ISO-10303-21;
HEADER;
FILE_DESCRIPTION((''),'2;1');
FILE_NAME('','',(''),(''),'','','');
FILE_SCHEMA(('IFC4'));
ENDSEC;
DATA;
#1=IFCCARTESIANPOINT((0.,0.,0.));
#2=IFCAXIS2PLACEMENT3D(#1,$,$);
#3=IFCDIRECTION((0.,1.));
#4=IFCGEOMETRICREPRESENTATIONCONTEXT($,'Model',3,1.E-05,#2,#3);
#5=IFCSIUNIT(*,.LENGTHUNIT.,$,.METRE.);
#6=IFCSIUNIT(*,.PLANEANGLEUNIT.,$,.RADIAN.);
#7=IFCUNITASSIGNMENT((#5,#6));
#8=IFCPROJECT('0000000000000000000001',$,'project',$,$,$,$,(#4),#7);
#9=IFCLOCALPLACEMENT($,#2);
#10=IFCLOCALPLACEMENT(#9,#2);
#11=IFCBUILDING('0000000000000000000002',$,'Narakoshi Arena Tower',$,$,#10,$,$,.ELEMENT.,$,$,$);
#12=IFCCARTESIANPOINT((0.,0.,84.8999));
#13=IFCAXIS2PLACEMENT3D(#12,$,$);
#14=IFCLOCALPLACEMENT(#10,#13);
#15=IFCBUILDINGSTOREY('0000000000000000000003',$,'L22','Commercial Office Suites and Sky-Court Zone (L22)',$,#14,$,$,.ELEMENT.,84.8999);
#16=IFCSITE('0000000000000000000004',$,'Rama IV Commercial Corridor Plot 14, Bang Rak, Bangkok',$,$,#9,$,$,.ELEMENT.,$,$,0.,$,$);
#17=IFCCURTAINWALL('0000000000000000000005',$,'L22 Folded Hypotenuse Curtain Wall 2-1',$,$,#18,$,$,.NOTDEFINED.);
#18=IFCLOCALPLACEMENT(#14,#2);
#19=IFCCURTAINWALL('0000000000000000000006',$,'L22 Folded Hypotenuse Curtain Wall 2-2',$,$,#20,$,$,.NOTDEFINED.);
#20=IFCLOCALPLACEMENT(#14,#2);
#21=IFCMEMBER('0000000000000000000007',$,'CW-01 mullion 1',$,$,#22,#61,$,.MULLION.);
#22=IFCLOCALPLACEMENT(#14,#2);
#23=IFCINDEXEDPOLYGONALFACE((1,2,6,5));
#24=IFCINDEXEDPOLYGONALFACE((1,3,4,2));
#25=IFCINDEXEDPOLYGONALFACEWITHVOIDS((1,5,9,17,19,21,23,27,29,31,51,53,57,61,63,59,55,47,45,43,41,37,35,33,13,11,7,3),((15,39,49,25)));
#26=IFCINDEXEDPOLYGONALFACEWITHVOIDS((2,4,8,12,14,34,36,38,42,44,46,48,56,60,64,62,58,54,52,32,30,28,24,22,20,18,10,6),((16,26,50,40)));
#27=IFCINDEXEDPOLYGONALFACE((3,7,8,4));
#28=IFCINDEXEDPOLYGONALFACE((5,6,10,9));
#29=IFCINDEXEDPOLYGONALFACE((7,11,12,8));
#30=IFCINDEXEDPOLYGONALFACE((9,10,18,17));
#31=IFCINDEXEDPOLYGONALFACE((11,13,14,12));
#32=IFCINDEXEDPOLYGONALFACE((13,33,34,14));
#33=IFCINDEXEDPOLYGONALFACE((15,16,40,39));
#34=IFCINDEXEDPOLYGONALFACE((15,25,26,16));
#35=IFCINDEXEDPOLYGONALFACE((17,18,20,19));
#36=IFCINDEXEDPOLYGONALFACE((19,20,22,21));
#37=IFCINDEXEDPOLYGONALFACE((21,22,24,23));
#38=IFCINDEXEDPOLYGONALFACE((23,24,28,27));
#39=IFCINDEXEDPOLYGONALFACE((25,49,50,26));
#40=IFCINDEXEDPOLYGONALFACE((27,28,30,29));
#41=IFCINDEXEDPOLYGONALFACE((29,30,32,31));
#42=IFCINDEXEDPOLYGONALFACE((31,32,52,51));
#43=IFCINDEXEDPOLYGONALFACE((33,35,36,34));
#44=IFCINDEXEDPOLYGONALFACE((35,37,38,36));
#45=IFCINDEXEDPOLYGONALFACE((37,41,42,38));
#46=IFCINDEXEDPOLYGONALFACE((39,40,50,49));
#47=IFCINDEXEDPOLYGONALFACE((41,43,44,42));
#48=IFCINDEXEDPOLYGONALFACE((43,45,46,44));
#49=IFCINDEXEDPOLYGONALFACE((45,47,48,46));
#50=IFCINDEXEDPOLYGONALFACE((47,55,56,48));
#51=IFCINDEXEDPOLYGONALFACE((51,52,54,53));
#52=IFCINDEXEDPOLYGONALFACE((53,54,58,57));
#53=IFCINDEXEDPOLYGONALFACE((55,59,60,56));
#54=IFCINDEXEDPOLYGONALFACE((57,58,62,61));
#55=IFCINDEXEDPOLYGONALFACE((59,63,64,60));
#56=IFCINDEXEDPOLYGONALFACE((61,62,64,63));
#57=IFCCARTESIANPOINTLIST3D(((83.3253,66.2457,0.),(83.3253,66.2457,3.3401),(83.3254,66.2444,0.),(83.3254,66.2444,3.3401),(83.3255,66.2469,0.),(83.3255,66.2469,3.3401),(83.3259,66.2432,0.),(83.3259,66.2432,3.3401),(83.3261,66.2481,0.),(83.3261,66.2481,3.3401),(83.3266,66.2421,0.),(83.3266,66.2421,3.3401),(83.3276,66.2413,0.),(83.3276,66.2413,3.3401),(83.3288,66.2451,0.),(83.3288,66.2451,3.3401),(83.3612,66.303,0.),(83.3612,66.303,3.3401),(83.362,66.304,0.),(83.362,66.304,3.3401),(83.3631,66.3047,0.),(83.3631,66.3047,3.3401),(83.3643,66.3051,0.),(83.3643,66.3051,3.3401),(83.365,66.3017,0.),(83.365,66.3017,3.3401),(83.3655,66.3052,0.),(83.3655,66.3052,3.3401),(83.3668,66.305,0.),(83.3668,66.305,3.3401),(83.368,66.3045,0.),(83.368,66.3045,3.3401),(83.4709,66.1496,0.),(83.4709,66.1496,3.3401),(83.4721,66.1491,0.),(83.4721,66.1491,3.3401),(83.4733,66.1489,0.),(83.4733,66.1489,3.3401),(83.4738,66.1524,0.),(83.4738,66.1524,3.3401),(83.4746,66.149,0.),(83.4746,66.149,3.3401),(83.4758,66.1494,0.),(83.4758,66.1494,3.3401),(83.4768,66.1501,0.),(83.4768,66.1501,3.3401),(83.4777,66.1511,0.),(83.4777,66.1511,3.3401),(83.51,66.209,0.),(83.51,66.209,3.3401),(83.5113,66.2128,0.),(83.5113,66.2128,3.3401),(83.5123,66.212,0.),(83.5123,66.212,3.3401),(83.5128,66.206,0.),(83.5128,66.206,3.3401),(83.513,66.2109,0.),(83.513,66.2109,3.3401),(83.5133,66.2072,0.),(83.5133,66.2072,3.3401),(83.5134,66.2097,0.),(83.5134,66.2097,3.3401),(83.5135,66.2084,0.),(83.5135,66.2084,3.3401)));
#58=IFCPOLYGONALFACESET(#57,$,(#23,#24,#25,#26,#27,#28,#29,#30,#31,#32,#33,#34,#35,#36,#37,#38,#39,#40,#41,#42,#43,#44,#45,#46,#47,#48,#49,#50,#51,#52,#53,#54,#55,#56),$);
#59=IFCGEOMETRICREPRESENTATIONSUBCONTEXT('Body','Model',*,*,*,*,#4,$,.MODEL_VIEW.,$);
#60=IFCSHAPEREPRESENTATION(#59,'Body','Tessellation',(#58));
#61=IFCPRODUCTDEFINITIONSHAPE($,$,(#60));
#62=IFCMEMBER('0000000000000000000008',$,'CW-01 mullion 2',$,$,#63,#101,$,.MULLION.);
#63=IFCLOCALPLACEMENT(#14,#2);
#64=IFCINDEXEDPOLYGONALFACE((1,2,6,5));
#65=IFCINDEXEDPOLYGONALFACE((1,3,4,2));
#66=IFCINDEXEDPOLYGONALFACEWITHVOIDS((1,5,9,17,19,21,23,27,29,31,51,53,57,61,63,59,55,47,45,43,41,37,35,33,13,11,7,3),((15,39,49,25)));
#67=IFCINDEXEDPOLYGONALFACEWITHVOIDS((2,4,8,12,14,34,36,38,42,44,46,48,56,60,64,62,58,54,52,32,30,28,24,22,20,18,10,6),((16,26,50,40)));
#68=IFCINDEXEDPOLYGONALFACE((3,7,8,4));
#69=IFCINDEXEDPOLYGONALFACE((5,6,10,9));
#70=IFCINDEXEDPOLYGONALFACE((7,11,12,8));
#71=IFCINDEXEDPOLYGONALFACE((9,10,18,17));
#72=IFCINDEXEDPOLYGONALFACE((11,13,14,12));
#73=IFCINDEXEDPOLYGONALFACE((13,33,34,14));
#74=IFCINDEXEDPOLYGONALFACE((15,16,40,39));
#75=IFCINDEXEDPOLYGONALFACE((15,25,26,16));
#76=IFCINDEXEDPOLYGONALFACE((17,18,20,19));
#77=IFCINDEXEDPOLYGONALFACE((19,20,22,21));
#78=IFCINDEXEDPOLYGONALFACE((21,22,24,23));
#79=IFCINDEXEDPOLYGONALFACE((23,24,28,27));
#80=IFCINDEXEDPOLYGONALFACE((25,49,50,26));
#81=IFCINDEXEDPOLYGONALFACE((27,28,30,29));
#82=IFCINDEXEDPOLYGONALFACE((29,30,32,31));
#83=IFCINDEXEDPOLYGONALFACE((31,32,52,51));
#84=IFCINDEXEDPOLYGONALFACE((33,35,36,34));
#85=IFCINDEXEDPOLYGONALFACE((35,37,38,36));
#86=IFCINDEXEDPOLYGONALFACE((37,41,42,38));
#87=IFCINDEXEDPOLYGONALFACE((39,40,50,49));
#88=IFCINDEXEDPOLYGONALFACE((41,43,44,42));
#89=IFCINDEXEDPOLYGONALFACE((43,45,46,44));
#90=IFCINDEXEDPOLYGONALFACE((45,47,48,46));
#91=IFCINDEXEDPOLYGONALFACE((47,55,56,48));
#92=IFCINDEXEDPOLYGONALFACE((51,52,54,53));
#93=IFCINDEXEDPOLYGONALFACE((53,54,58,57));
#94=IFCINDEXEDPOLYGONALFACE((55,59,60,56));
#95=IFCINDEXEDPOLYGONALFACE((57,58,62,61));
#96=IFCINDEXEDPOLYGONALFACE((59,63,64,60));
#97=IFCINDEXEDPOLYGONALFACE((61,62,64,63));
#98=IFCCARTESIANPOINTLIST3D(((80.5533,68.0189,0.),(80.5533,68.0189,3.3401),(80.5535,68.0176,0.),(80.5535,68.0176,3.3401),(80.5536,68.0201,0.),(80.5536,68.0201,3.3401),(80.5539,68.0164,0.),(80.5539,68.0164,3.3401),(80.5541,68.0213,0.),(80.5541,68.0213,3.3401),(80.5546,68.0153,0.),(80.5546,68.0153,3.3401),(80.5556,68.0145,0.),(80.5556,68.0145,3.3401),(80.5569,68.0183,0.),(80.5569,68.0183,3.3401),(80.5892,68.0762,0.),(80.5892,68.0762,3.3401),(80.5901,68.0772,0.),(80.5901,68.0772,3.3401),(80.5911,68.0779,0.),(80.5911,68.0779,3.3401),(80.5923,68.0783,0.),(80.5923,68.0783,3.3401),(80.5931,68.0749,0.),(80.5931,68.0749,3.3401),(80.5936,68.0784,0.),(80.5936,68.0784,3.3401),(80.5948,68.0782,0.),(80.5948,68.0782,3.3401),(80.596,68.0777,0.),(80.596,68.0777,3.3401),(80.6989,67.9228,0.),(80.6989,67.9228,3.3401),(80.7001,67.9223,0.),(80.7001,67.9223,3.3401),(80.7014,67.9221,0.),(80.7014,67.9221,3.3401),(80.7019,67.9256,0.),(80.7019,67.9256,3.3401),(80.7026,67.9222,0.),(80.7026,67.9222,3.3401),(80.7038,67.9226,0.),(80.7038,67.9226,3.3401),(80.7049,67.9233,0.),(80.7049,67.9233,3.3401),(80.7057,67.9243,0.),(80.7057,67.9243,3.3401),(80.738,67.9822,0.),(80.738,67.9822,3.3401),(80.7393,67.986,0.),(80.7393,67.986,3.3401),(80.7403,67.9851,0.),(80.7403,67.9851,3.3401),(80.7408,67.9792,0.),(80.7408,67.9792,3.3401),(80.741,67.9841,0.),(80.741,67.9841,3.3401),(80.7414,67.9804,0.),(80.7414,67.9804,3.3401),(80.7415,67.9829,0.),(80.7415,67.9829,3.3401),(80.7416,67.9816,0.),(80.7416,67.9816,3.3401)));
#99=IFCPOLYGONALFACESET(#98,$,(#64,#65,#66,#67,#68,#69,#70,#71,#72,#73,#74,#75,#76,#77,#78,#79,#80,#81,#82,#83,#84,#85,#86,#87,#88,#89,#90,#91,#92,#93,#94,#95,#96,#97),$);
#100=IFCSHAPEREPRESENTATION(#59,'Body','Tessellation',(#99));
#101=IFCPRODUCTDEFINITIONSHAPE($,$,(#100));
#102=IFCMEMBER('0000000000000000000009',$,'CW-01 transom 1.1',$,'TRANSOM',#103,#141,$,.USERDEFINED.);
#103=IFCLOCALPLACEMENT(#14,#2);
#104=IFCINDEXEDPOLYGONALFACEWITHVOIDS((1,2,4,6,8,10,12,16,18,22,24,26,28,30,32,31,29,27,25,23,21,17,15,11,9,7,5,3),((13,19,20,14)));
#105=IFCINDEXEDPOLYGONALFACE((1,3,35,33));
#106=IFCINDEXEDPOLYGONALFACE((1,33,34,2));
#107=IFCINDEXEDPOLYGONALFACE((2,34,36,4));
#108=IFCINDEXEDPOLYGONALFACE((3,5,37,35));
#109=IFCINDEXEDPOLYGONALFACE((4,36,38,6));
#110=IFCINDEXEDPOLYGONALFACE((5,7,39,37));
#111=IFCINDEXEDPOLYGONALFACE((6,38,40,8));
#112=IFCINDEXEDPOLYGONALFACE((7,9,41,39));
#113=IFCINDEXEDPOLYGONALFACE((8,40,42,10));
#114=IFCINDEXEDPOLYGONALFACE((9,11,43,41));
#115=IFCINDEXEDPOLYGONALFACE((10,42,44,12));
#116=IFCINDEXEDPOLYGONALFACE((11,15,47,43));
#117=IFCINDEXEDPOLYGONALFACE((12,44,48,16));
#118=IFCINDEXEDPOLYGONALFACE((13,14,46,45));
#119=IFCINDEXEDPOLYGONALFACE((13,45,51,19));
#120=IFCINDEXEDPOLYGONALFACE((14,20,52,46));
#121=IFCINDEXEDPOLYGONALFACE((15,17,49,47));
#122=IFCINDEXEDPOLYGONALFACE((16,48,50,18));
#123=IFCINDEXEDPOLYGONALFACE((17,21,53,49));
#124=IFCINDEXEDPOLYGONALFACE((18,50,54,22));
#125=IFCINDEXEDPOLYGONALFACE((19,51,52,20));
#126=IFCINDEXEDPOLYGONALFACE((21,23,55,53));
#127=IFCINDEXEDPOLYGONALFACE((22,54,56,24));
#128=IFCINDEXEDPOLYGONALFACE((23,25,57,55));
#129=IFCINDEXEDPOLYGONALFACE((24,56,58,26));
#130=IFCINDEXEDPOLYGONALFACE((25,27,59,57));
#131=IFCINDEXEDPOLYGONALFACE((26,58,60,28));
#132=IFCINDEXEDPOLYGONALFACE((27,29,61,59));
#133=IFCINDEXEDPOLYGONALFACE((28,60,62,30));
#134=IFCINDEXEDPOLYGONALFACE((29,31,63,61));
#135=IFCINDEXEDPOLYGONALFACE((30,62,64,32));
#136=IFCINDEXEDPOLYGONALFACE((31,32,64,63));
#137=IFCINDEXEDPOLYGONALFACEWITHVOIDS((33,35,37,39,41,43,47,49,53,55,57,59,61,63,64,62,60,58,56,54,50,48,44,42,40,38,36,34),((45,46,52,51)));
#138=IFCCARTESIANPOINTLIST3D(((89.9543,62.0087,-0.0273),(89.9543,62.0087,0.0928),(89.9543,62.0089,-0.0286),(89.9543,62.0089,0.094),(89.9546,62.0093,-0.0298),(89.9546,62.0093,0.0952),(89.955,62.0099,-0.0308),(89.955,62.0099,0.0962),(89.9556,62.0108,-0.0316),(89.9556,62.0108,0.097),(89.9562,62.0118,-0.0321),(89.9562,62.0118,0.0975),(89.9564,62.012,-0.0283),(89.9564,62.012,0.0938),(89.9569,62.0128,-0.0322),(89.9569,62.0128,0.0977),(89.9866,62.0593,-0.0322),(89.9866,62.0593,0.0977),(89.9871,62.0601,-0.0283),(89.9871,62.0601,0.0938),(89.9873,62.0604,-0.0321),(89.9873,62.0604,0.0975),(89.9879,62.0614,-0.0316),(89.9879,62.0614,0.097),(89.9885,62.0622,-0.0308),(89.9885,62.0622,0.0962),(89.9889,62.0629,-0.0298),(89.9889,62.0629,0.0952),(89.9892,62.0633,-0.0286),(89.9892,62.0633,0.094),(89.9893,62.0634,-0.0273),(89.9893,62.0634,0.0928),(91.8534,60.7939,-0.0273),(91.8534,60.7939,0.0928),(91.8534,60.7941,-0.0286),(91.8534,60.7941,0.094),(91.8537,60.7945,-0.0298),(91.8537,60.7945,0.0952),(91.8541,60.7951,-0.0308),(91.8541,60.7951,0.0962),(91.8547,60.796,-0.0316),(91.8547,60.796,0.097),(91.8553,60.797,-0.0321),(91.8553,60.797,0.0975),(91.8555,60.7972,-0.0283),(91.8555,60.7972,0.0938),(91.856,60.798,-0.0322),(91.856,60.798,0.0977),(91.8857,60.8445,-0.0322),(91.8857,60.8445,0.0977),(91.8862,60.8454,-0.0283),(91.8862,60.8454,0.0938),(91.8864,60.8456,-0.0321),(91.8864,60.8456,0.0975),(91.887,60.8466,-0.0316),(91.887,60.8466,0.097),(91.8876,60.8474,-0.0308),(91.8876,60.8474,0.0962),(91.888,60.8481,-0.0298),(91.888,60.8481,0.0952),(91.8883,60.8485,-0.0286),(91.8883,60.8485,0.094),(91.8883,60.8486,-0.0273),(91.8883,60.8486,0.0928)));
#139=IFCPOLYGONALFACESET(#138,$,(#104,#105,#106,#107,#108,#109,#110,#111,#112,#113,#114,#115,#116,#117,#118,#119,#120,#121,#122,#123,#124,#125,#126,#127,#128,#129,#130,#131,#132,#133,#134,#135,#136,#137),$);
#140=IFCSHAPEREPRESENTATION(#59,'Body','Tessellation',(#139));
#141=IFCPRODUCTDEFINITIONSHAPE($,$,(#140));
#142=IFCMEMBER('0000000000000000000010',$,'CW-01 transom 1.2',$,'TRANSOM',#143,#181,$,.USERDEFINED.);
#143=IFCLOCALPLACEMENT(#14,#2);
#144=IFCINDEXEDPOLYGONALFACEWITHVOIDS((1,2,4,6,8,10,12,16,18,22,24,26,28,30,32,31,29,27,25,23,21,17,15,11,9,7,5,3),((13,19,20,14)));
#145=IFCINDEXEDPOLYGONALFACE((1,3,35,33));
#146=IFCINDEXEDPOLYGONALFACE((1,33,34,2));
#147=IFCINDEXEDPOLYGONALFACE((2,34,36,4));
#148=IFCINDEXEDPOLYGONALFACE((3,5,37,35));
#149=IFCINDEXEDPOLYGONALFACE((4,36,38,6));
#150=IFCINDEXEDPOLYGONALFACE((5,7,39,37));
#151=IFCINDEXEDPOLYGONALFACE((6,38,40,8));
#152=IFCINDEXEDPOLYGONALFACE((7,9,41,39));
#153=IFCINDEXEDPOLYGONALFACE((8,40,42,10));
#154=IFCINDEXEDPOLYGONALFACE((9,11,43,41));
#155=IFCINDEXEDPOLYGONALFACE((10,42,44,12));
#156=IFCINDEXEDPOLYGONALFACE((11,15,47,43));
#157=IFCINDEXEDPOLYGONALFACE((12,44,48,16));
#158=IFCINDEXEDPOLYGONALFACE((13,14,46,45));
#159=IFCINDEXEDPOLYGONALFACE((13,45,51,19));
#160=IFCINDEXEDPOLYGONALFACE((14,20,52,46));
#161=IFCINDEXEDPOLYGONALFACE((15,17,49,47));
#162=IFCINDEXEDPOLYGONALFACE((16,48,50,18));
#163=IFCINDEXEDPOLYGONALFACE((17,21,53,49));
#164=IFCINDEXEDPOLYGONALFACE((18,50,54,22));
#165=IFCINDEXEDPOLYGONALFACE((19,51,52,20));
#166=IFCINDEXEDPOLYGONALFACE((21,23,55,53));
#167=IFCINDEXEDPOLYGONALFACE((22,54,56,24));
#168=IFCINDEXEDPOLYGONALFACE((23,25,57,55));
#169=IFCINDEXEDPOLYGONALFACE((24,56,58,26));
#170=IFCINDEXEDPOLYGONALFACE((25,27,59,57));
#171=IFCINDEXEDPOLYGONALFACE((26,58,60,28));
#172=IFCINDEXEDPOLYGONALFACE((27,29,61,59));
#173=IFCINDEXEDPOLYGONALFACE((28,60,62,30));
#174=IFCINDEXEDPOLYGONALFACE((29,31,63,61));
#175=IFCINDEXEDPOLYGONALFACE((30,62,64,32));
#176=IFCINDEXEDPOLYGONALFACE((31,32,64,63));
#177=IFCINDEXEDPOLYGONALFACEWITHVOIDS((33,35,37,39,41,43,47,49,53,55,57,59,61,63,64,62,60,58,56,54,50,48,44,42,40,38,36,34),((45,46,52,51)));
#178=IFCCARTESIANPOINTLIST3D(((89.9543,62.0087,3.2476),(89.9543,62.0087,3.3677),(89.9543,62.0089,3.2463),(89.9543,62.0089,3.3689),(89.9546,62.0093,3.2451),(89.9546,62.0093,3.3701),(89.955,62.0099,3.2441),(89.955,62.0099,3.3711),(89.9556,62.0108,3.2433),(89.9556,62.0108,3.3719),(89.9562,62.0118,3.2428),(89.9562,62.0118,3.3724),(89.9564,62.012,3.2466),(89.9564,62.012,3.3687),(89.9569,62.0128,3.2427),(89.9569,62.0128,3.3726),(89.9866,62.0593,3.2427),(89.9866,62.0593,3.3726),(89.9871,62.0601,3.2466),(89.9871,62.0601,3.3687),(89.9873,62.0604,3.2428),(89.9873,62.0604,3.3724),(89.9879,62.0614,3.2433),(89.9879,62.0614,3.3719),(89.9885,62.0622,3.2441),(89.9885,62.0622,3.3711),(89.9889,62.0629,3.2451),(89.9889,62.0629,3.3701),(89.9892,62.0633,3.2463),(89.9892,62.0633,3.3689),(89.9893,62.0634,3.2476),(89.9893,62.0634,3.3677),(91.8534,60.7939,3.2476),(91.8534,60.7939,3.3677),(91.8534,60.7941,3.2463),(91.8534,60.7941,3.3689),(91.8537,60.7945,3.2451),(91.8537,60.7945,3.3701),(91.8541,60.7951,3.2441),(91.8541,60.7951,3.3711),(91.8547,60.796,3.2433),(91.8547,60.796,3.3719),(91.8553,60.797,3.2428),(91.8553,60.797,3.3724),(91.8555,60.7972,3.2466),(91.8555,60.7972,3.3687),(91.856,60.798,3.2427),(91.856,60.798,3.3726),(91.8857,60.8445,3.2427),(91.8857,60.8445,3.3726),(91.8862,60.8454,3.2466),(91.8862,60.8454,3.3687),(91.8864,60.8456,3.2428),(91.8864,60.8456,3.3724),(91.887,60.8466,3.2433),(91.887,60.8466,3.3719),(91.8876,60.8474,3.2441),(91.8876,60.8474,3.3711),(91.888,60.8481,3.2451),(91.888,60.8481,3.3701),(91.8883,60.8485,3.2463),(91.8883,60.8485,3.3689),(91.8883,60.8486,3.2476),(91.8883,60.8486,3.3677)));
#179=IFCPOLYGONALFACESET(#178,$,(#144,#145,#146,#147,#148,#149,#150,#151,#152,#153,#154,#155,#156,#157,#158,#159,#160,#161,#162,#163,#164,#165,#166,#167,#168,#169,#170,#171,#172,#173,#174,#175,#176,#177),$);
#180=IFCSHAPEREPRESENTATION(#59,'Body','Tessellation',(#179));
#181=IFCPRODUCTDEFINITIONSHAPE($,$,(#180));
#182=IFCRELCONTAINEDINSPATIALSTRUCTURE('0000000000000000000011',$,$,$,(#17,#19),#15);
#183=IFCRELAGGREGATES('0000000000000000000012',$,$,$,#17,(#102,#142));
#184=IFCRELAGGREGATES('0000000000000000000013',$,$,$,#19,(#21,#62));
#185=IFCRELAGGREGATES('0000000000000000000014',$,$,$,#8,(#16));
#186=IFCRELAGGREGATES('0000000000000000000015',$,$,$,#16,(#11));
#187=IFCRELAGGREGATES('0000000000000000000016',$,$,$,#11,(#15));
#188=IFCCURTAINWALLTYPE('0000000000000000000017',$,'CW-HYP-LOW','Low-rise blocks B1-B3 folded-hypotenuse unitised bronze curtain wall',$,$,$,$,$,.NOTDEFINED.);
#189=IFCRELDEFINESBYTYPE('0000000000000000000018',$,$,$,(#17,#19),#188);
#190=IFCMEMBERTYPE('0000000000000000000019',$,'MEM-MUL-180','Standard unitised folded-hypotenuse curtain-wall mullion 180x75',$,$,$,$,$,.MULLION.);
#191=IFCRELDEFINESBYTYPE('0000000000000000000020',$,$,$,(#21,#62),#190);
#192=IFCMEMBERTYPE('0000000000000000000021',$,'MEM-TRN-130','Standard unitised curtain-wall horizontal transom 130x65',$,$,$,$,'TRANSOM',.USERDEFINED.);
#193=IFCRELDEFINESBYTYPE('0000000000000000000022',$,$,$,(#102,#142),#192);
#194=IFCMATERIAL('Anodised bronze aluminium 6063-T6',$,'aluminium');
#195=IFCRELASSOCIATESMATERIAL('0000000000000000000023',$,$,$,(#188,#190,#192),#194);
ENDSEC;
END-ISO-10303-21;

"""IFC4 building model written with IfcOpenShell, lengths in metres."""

from ifc_helpers import new_model, si_unit, direction, frame, origin, origin_2d, place, context, subcontext, project, spatial, hollow_rectangle, extrude, material, material_profile, profile_set, type_object, element, aggregate, save


model = new_model("IFC4")

# Units and contexts
model_context = context("Model", 3, precision=1e-05, world=origin(), true_north=direction((0.0, 1.0)))
body_context = subcontext(model_context, "Body", "Model", "MODEL_VIEW")
ifc_project = project(units=[si_unit("LENGTHUNIT", "METRE"), si_unit("PLANEANGLEUNIT", "RADIAN")], contexts=[model_context])

# Site, building, storey
site_placement = place(None, origin())
site = spatial("IfcSite", under=ifc_project, at=site_placement, Name="Rama IV Commercial Corridor Plot 14, Bang Rak, Bangkok", CompositionType="ELEMENT", RefElevation=0.0)
building_placement = place(site_placement, origin())
building = spatial("IfcBuilding", under=site, at=building_placement, Name="Narakoshi Arena Tower", CompositionType="ELEMENT")
storey_placement = place(building_placement, frame((0.0, 0.0, 84.8999)))
storey = spatial("IfcBuildingStorey", under=building, at=storey_placement, Name="L22", Description="Commercial Office Suites and Sky-Court Zone (L22)", CompositionType="ELEMENT", Elevation=84.8999)

# Curtain walls, members
ifc_material_1 = material(Name="Anodised bronze aluminium 6063-T6", Category="aluminium")
curtain_wall_type = type_object("IfcCurtainWallType", Name="CW-HYP-LOW", Description="Low-rise blocks B1-B3 folded-hypotenuse unitised bronze curtain wall", PredefinedType="NOTDEFINED", material=ifc_material_1)
curtain_wall_1_placement = place(storey_placement, origin())
curtain_wall_1 = element("IfcCurtainWall", 1, at=curtain_wall_1_placement, inside=storey, type_object=curtain_wall_type, Name="L22 Folded Hypotenuse Curtain Wall 2-1", PredefinedType="NOTDEFINED")
ifc_material_profile_1 = material_profile(ifc_material_1, hollow_rectangle(XDim=0.075, YDim=0.1799, WallThickness=0.0039, OuterFilletRadius=0.0049, at=origin_2d()), Name="MUL180x75x4")
ifc_profile_set_1 = profile_set([ifc_material_profile_1], Name="Anodised bronze aluminium 6063-T6")
member_type_1 = type_object("IfcMemberType", Name="MEM-MUL-180", Description="Standard unitised folded-hypotenuse curtain-wall mullion 180x75", PredefinedType="MULLION", material=ifc_profile_set_1)
curtain_wall_2_placement = place(storey_placement, origin())
curtain_wall_2 = element("IfcCurtainWall", 2, at=curtain_wall_2_placement, inside=storey, type_object=curtain_wall_type, Name="L22 Folded Hypotenuse Curtain Wall 2-2", PredefinedType="NOTDEFINED")
member_1_placement = place(storey_placement, frame((83.4194, 66.2271, 0.0), z_axis=(0.0, 0.0, 1.0), x_axis=(-0.538829, -0.842415, 0.0)))
member_1 = element("IfcMember", 3, at=member_1_placement, type_object=member_type_1, Name="CW-01 mullion 1", PredefinedType="MULLION", context=body_context, shape_type="SweptSolid", body=[
    extrude(hollow_rectangle(XDim=0.075, YDim=0.1799, WallThickness=0.0039, OuterFilletRadius=0.0049, at=origin_2d()), origin(), (0.0, 0.0, 1.0), 3.3401),
])
member_2_placement = place(storey_placement, frame((80.6475, 68.0002, 0.0), z_axis=(0.0, 0.0, 1.0), x_axis=(-0.538829, -0.842415, 0.0)))
member_2 = element("IfcMember", 4, at=member_2_placement, type_object=member_type_1, Name="CW-01 mullion 2", PredefinedType="MULLION", context=body_context, shape_type="SweptSolid", body=[
    extrude(hollow_rectangle(XDim=0.075, YDim=0.1799, WallThickness=0.0039, OuterFilletRadius=0.0049, at=origin_2d()), origin(), (0.0, 0.0, 1.0), 3.3401),
])

# Members
ifc_material_profile_2 = material_profile(ifc_material_1, hollow_rectangle(XDim=0.0649, YDim=0.1299, WallThickness=0.0039, OuterFilletRadius=0.0049, at=origin_2d()), Name="TRN130x65x4")
ifc_profile_set_2 = profile_set([ifc_material_profile_2], Name="Anodised bronze aluminium 6063-T6")
member_type_2 = type_object("IfcMemberType", Name="MEM-TRN-130", Description="Standard unitised curtain-wall horizontal transom 130x65", ElementType="TRANSOM", PredefinedType="USERDEFINED", material=ifc_profile_set_2)
member_3_placement = place(storey_placement, frame((91.8708, 60.8213, 0.0327), z_axis=(-0.842397, 0.538857, 0.0), x_axis=(-0.538857, -0.842397, 0.0)))
member_3 = element("IfcMember", 5, at=member_3_placement, type_object=member_type_2, Name="CW-01 transom 1.1", ObjectType="TRANSOM", PredefinedType="USERDEFINED", context=body_context, shape_type="SweptSolid", body=[
    extrude(hollow_rectangle(XDim=0.0649, YDim=0.1299, WallThickness=0.0039, OuterFilletRadius=0.0049, at=origin_2d()), origin(), (0.0, 0.0, 1.0), 2.2544),
])
member_4_placement = place(storey_placement, frame((91.8708, 60.8213, 3.3076), z_axis=(-0.842397, 0.538857, 0.0), x_axis=(-0.538857, -0.842397, 0.0)))
member_4 = element("IfcMember", 6, at=member_4_placement, type_object=member_type_2, Name="CW-01 transom 1.2", ObjectType="TRANSOM", PredefinedType="USERDEFINED", context=body_context, shape_type="SweptSolid", body=[
    extrude(hollow_rectangle(XDim=0.0649, YDim=0.1299, WallThickness=0.0039, OuterFilletRadius=0.0049, at=origin_2d()), origin(), (0.0, 0.0, 1.0), 2.2544),
])

aggregate(curtain_wall_1, [member_3, member_4])
aggregate(curtain_wall_2, [member_1, member_2])

save(model, "model.ifc")
